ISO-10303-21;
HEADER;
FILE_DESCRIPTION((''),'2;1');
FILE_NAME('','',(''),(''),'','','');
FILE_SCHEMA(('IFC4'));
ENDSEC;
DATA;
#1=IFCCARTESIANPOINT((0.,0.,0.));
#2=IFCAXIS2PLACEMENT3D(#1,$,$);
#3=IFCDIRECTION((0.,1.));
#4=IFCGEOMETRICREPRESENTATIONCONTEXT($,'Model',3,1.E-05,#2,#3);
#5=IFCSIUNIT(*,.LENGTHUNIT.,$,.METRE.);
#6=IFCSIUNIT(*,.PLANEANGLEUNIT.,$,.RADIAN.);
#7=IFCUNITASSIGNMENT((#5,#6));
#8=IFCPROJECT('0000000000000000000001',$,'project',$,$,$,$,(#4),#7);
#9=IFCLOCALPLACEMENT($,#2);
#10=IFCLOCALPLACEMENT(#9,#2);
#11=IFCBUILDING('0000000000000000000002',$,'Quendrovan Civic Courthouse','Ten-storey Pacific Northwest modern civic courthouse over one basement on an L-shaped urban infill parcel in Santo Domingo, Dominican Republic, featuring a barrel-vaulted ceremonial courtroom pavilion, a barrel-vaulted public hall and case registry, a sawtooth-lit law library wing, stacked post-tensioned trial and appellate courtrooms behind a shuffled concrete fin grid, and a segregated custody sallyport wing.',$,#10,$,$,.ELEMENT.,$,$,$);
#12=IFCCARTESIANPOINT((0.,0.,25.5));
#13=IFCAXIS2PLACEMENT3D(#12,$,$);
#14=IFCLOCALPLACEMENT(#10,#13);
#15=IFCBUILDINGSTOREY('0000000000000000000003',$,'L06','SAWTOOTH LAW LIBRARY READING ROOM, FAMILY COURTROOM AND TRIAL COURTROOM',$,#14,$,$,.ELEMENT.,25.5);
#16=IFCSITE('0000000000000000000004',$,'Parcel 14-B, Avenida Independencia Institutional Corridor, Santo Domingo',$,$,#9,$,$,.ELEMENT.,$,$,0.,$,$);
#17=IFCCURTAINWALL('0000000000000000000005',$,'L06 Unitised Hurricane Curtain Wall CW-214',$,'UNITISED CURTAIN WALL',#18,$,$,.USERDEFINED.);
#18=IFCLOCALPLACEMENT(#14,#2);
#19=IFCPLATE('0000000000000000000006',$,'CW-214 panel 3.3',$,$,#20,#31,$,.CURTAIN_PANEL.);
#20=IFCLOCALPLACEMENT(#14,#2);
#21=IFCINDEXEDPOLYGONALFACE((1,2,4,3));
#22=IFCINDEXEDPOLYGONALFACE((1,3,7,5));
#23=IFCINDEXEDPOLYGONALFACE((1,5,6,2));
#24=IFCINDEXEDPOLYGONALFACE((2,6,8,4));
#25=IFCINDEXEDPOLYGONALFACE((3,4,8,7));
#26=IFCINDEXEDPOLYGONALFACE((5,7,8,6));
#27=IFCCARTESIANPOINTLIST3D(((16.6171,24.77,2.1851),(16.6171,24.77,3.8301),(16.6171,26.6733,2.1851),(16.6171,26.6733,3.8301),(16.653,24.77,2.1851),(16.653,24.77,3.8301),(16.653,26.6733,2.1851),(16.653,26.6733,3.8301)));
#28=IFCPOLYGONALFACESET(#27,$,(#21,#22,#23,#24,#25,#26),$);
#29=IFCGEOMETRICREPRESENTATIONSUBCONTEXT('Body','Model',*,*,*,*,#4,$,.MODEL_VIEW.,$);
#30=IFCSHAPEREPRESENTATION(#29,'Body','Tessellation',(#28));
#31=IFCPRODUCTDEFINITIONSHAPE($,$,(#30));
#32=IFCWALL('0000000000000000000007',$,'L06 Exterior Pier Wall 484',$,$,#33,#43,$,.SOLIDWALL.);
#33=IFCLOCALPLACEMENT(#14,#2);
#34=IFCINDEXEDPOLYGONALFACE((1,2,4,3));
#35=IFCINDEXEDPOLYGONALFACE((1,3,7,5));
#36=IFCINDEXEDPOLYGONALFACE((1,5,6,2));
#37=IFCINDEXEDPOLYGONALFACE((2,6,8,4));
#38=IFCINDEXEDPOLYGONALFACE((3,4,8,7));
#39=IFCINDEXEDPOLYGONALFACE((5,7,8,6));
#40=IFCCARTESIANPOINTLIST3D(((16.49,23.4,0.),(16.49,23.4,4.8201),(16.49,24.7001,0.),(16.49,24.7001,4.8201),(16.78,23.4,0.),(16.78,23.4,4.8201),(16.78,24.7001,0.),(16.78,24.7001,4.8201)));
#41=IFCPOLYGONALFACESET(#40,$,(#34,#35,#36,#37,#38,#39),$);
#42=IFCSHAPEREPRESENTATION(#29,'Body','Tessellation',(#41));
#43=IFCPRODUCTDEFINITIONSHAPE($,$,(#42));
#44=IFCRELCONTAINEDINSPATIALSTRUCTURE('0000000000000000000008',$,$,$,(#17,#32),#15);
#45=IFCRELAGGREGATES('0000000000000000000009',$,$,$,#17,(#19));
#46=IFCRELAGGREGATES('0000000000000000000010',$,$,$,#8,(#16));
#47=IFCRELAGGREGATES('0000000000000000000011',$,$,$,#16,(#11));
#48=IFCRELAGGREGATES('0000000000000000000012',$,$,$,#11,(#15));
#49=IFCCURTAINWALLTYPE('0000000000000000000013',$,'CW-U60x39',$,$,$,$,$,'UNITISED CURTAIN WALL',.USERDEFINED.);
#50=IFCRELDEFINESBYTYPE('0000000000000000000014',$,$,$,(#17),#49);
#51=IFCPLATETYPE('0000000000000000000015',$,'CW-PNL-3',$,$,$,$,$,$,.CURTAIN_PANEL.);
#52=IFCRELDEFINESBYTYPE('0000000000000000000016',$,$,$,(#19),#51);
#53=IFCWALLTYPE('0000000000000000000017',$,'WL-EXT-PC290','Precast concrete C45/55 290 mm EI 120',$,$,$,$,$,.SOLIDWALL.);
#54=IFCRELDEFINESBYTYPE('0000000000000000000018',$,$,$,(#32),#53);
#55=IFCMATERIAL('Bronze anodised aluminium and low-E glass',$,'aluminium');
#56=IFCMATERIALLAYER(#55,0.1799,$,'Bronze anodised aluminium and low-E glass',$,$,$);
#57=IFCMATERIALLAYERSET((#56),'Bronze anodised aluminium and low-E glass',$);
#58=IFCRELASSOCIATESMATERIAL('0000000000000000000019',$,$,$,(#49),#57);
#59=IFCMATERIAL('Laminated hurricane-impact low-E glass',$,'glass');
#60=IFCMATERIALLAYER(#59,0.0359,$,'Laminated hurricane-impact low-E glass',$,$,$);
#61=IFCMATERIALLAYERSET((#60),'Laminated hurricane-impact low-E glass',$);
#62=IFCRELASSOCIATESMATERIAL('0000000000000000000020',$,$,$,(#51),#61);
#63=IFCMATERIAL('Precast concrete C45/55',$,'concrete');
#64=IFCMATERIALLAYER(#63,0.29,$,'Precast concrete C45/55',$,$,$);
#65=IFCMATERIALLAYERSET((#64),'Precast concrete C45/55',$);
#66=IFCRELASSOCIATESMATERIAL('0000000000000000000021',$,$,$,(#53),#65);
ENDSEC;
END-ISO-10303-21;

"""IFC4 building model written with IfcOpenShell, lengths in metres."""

from ifc_helpers import new_model, si_unit, direction, frame, frame_2d, origin, origin_2d, place, context, subcontext, project, spatial, rectangle, extrude, material, layer, layer_set, type_object, element, aggregate, save


model = new_model("IFC4")

# Units and contexts
model_context = context("Model", 3, precision=1e-05, world=origin(), true_north=direction((0.0, 1.0)))
body_context = subcontext(model_context, "Body", "Model", "MODEL_VIEW")
ifc_project = project(units=[si_unit("LENGTHUNIT", "METRE"), si_unit("PLANEANGLEUNIT", "RADIAN")], contexts=[model_context])

# Site, building, storey
site_placement = place(None, origin())
site = spatial("IfcSite", under=ifc_project, at=site_placement, Name="Parcel 14-B, Avenida Independencia Institutional Corridor, Santo Domingo", CompositionType="ELEMENT", RefElevation=0.0)
building_placement = place(site_placement, origin())
building = spatial("IfcBuilding", under=site, at=building_placement, Name="Quendrovan Civic Courthouse", Description="Ten-storey Pacific Northwest modern civic courthouse over one basement on an L-shaped urban infill parcel in Santo Domingo, Dominican Republic, featuring a barrel-vaulted ceremonial courtroom pavilion, a barrel-vaulted public hall and case registry, a sawtooth-lit law library wing, stacked post-tensioned trial and appellate courtrooms behind a shuffled concrete fin grid, and a segregated custody sallyport wing.", CompositionType="ELEMENT")
storey_placement = place(building_placement, frame((0.0, 0.0, 25.5)))
storey = spatial("IfcBuildingStorey", under=building, at=storey_placement, Name="L06", Description="SAWTOOTH LAW LIBRARY READING ROOM, FAMILY COURTROOM AND TRIAL COURTROOM", CompositionType="ELEMENT", Elevation=25.5)

# Curtain wall
ifc_material_1 = material(Name="Bronze anodised aluminium and low-E glass", Category="aluminium")
ifc_layer_1 = layer(ifc_material_1, 0.1799, Name="Bronze anodised aluminium and low-E glass")
ifc_layer_set_1 = layer_set([ifc_layer_1], Name="Bronze anodised aluminium and low-E glass")
curtain_wall_type_1 = type_object("IfcCurtainWallType", Name="CW-U60x39", ElementType="UNITISED CURTAIN WALL", PredefinedType="USERDEFINED", material=ifc_layer_set_1)
curtain_wall_1_placement = place(storey_placement, origin())
curtain_wall_1 = element("IfcCurtainWall", 1, at=curtain_wall_1_placement, inside=storey, type_object=curtain_wall_type_1, Name="L06 Unitised Hurricane Curtain Wall CW-214", ObjectType="UNITISED CURTAIN WALL", PredefinedType="USERDEFINED")

# Plate
ifc_material_2 = material(Name="Laminated hurricane-impact low-E glass", Category="glass")
ifc_layer_2 = layer(ifc_material_2, 0.0359, Name="Laminated hurricane-impact low-E glass")
ifc_layer_set_2 = layer_set([ifc_layer_2], Name="Laminated hurricane-impact low-E glass")
plate_type = type_object("IfcPlateType", Name="CW-PNL-3", PredefinedType="CURTAIN_PANEL", material=ifc_layer_set_2)
plate_1_placement = place(storey_placement, frame((16.635, 25.7217, 2.1851), z_axis=(0.0, 0.0, 1.0), x_axis=(0.0, -1.0, 0.0)))
plate_1 = element("IfcPlate", 2, at=plate_1_placement, type_object=plate_type, Name="CW-214 panel 3.3", PredefinedType="CURTAIN_PANEL", context=body_context, shape_type="SweptSolid", body=[
    extrude(rectangle(XDim=1.9033, YDim=0.0359, at=origin_2d()), origin(), (0.0, 0.0, 1.0), 1.645),
])
aggregate(curtain_wall_1, [plate_1])

# Wall
ifc_material_3 = material(Name="Precast concrete C45/55", Category="concrete")
ifc_layer_3 = layer(ifc_material_3, 0.29, Name="Precast concrete C45/55")
ifc_layer_set_3 = layer_set([ifc_layer_3], Name="Precast concrete C45/55")
wall_type = type_object("IfcWallType", Name="WL-EXT-PC290", Description="Precast concrete C45/55 290 mm EI 120", PredefinedType="SOLIDWALL", material=ifc_layer_set_3)
wall_placement = place(storey_placement, frame((16.635, 24.7, 0.0), z_axis=(0.0, 0.0, 1.0), x_axis=(0.0, -1.0, 0.0)))
element("IfcWall", 3, at=wall_placement, inside=storey, type_object=wall_type, Name="L06 Exterior Pier Wall 484", PredefinedType="SOLIDWALL", context=body_context, shape_type="SweptSolid", body=[
    extrude(rectangle(XDim=1.3, YDim=0.29, at=frame_2d((0.6499, 0.0))), origin(), (0.0, 0.0, 1.0), 4.8201),
])

save(model, "model.ifc")
